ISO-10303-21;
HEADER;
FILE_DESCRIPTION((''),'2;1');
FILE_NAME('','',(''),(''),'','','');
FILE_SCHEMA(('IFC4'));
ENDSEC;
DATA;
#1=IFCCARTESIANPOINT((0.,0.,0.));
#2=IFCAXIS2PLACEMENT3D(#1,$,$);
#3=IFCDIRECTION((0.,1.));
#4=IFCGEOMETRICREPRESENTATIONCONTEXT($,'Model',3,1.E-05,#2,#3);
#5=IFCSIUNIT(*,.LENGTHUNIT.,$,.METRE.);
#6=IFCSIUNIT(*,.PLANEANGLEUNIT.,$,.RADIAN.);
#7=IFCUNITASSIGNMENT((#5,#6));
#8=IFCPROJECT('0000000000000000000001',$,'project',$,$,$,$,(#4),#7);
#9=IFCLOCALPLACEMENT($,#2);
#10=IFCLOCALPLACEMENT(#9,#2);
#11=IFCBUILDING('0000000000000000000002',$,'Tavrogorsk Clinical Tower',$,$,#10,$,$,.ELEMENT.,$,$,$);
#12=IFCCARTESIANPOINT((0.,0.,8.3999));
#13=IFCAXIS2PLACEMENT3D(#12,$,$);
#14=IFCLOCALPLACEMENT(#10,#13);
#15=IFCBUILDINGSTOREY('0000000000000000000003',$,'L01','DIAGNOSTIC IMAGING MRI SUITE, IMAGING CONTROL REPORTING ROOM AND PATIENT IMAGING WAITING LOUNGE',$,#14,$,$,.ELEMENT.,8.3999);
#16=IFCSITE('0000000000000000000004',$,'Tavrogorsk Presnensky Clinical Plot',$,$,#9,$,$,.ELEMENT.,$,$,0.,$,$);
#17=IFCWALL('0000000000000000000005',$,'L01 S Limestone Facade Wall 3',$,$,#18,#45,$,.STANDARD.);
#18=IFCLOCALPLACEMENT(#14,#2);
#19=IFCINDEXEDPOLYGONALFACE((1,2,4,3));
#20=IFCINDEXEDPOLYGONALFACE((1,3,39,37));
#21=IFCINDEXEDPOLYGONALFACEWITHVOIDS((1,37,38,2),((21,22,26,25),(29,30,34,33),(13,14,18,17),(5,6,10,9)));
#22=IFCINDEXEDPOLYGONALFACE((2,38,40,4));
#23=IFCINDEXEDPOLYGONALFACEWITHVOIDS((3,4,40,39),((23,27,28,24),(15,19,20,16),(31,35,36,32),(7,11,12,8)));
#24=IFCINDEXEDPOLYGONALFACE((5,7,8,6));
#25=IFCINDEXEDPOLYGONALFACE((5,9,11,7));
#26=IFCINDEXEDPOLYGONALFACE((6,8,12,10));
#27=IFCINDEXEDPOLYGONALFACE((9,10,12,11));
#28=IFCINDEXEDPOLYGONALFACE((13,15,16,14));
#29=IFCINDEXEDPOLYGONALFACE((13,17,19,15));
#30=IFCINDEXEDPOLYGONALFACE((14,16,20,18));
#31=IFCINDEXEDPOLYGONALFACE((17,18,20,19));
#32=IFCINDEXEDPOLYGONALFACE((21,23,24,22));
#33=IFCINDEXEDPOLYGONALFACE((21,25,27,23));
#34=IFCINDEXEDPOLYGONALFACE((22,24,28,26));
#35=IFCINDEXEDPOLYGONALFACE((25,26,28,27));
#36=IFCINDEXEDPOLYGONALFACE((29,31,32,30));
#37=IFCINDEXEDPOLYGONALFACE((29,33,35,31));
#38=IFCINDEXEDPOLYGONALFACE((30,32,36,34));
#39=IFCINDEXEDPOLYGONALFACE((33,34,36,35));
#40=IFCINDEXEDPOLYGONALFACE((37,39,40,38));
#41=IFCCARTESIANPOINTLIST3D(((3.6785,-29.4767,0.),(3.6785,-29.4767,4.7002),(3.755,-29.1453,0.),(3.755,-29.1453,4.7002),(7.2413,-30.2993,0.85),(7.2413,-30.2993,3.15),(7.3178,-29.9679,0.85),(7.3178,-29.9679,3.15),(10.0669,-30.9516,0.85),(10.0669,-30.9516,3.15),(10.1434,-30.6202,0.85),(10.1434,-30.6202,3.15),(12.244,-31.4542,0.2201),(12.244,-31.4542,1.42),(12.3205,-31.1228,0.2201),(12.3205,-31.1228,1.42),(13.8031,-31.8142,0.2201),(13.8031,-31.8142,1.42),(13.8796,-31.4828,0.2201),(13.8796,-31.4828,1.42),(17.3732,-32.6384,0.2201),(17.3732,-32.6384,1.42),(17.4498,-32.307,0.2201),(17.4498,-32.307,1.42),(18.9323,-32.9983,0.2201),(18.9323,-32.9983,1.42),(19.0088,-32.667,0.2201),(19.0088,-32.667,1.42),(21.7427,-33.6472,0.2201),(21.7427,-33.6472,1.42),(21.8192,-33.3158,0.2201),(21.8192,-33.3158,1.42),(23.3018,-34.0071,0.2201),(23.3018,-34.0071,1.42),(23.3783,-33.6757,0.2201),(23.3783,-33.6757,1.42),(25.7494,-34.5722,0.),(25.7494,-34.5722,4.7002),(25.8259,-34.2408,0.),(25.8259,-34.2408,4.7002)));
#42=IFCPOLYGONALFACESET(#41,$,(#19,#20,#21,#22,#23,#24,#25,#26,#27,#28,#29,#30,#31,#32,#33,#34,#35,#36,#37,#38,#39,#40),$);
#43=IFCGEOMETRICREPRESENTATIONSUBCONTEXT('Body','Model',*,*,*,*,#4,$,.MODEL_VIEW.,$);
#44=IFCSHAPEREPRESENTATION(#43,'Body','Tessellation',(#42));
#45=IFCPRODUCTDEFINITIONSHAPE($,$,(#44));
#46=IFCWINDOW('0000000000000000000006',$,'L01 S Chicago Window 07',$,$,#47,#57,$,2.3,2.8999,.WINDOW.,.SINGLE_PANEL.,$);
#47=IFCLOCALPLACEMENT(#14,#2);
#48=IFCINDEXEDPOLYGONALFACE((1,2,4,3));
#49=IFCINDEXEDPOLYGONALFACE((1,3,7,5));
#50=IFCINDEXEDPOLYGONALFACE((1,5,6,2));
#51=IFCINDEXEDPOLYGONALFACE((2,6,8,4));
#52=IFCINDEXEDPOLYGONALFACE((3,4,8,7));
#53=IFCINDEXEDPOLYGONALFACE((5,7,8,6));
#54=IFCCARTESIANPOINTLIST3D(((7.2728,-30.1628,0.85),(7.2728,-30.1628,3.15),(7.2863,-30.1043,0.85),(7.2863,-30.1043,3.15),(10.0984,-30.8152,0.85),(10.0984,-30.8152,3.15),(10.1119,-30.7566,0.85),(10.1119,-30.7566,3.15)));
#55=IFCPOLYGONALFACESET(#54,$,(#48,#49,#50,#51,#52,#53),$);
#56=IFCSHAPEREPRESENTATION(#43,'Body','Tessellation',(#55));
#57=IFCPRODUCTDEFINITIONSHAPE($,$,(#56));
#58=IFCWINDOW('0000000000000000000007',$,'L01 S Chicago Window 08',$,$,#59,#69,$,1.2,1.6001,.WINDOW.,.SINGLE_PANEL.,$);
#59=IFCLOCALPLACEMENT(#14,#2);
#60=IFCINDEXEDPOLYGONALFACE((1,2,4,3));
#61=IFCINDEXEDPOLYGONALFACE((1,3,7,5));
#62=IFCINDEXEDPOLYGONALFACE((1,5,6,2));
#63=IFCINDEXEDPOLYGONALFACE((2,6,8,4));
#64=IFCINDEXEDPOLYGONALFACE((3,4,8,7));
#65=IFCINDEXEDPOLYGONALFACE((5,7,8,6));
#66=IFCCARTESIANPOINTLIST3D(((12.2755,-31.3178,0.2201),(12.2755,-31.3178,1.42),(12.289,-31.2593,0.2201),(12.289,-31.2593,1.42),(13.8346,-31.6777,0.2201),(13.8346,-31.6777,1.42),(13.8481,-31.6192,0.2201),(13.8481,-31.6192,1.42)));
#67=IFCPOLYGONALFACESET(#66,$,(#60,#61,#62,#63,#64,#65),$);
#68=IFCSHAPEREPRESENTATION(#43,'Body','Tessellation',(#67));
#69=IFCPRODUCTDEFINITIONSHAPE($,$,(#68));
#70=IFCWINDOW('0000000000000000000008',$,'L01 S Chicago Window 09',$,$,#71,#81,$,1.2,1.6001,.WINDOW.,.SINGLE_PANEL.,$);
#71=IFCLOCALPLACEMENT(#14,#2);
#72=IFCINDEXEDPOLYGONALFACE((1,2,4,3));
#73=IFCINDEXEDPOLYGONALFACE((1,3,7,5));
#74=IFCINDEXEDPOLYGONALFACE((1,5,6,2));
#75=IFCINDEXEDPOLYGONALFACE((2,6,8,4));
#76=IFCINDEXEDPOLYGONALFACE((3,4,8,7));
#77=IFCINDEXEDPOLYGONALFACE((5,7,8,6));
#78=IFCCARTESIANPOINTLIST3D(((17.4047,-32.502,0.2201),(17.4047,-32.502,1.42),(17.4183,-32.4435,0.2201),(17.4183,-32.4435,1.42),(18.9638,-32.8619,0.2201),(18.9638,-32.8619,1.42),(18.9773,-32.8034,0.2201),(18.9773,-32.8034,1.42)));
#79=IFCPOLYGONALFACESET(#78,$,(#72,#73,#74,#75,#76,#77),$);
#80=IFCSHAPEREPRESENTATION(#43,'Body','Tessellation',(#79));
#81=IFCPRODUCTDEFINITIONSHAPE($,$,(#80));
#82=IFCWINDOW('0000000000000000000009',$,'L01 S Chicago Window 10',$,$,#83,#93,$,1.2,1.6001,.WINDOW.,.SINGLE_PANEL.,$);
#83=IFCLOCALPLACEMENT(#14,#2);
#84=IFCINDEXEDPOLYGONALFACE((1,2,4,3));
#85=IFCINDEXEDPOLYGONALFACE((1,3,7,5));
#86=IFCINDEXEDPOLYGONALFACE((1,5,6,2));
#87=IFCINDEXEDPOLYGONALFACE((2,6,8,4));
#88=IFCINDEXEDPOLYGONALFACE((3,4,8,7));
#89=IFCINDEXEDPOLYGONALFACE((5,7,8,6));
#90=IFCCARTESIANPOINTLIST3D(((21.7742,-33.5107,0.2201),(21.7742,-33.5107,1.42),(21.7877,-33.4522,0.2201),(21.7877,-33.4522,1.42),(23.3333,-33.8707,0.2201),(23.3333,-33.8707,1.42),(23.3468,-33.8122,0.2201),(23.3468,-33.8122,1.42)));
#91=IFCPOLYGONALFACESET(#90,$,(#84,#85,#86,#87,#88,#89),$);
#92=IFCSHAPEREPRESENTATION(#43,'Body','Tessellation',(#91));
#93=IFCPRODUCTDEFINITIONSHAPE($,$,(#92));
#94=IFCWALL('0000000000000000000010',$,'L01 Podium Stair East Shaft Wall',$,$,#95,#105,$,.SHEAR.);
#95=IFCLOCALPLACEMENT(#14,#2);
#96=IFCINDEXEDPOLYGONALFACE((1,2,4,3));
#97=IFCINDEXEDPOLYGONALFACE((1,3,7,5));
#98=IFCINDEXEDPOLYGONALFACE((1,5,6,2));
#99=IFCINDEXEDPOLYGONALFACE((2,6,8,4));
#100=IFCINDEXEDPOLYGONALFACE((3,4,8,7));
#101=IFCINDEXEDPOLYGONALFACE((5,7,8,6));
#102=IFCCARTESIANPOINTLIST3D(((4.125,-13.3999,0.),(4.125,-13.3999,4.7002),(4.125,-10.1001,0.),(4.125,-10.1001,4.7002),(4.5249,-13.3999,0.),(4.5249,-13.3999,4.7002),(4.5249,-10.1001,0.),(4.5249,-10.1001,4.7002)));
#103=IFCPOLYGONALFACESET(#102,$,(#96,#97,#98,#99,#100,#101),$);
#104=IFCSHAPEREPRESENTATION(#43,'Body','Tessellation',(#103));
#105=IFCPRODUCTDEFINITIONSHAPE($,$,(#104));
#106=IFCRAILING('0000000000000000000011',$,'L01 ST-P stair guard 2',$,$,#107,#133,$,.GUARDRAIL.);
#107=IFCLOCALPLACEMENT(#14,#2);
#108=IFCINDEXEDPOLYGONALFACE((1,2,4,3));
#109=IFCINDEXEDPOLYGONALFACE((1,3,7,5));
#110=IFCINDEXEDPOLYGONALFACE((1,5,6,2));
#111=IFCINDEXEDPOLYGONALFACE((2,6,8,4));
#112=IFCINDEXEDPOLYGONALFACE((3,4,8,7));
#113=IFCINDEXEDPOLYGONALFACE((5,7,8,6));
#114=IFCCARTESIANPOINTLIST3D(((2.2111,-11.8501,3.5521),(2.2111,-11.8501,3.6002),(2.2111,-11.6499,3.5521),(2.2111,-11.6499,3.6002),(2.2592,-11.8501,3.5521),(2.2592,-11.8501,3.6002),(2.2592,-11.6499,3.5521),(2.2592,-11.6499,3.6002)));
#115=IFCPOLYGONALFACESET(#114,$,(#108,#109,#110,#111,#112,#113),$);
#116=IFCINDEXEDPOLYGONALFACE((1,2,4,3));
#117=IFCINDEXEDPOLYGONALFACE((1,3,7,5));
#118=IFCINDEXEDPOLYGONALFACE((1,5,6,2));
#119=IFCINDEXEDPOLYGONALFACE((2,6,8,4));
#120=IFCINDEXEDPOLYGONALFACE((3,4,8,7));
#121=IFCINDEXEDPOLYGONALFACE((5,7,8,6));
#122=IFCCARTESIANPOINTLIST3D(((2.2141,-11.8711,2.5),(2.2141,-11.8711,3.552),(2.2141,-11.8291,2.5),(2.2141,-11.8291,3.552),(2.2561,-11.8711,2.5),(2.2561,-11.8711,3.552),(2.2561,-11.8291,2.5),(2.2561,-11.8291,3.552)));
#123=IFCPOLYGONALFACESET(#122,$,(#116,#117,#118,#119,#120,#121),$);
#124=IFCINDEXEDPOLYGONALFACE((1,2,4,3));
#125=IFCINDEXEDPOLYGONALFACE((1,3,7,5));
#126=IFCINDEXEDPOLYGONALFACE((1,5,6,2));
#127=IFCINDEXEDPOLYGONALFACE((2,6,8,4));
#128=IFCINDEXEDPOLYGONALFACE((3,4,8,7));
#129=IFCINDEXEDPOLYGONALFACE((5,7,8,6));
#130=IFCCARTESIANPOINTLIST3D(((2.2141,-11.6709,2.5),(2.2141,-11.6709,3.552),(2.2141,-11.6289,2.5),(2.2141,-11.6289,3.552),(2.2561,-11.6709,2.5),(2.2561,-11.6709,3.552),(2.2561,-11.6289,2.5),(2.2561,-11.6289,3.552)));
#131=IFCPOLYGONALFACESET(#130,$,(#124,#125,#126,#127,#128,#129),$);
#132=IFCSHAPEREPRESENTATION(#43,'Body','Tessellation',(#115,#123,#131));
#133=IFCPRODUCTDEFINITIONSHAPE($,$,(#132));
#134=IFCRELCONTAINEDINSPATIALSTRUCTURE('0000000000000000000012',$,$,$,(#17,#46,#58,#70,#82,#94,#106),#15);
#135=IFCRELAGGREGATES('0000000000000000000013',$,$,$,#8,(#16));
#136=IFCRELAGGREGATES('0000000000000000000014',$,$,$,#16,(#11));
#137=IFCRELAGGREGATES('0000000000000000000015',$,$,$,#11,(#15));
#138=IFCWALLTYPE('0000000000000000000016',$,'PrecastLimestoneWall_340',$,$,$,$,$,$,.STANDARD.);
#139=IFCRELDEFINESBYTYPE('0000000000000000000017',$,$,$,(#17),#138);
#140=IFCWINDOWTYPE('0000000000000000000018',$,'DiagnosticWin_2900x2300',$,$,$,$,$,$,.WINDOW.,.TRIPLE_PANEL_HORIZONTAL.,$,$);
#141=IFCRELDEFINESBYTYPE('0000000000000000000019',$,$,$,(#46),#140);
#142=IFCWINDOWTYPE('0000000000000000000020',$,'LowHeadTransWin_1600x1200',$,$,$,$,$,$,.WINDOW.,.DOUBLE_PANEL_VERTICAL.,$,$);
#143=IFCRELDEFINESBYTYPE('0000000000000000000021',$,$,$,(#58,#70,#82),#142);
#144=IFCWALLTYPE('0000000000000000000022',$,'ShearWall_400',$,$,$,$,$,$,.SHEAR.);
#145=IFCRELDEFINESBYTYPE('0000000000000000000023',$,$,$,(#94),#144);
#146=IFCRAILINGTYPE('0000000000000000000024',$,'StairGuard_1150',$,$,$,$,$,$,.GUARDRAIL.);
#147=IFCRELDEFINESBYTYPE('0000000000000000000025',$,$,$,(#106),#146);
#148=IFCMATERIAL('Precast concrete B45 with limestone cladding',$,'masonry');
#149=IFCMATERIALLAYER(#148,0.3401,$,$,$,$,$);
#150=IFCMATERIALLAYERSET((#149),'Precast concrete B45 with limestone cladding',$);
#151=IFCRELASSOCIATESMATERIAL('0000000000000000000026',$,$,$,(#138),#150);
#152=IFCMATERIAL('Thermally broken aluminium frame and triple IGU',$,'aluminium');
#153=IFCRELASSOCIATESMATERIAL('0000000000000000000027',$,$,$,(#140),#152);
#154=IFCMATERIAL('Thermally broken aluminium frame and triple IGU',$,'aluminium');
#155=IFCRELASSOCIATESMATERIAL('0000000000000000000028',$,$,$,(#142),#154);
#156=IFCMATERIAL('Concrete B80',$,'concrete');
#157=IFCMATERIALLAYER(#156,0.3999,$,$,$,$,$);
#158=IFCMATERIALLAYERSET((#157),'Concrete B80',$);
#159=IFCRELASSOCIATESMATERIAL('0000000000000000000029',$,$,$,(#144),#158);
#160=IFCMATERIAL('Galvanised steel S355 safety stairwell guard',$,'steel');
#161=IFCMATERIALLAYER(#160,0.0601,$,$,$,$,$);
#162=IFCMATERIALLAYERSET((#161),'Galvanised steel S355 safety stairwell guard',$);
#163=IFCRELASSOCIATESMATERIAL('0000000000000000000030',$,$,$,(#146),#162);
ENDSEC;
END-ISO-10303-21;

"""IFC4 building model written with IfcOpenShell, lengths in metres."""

from ifc_helpers import new_model, si_unit, direction, frame, frame_2d, origin, origin_2d, place, context, subcontext, project, spatial, rectangle, extrude, material, layer, layer_set, type_object, element, fill, save


model = new_model("IFC4")

# Units and contexts
model_context = context("Model", 3, precision=1e-05, world=origin(), true_north=direction((0.0, 1.0)))
body_context = subcontext(model_context, "Body", "Model", "MODEL_VIEW")
ifc_project = project(units=[si_unit("LENGTHUNIT", "METRE"), si_unit("PLANEANGLEUNIT", "RADIAN")], contexts=[model_context])

# Site, building, storey
site_placement = place(None, origin())
site = spatial("IfcSite", under=ifc_project, at=site_placement, Name="Tavrogorsk Presnensky Clinical Plot", CompositionType="ELEMENT", RefElevation=0.0)
building_placement = place(site_placement, origin())
building = spatial("IfcBuilding", under=site, at=building_placement, Name="Tavrogorsk Clinical Tower", CompositionType="ELEMENT")
storey_placement = place(building_placement, frame((0.0, 0.0, 8.3999)))
storey = spatial("IfcBuildingStorey", under=building, at=storey_placement, Name="L01", Description="DIAGNOSTIC IMAGING MRI SUITE, IMAGING CONTROL REPORTING ROOM AND PATIENT IMAGING WAITING LOUNGE", CompositionType="ELEMENT", Elevation=8.3999)

# Wall, openings, windows
ifc_material_1 = material(Name="Precast concrete B45 with limestone cladding", Category="masonry")
ifc_layer_1 = layer(ifc_material_1, 0.3401)
ifc_layer_set_1 = layer_set([ifc_layer_1], Name="Precast concrete B45 with limestone cladding")
wall_type_1 = type_object("IfcWallType", Name="PrecastLimestoneWall_340", PredefinedType="STANDARD", material=ifc_layer_set_1)
wall_1_placement = place(storey_placement, frame((3.7168, -29.311, 0.0), z_axis=(0.0, 0.0, 1.0), x_axis=(0.97437, -0.224952, 0.0)))
wall_1 = element("IfcWall", 1, at=wall_1_placement, inside=storey, type_object=wall_type_1, Name="L01 S Limestone Facade Wall 3", PredefinedType="STANDARD", context=body_context, shape_type="SweptSolid", body=[
    extrude(rectangle(XDim=22.6514, YDim=0.3401, at=frame_2d((11.3257, 0.0))), origin(), (0.0, 0.0, 1.0), 4.7002),
])
opening_1_placement = place(wall_1_placement, frame((3.6565, 0.0, 0.8501)))
opening_1 = element("IfcOpeningElement", 2, at=opening_1_placement, cuts=wall_1, PredefinedType="OPENING", context=body_context, shape_type="SweptSolid", body=[
    extrude(rectangle(XDim=2.8999, YDim=2.3, at=frame_2d((1.45, 1.1499))), frame((0.0, 0.1799, 0.0), z_axis=(0.0, -1.0, 0.0), x_axis=(1.0, 0.0, 0.0)), (0.0, 0.0, 1.0), 0.3601),
])
opening_2_placement = place(wall_1_placement, frame((8.7908, 0.0, 0.22)))
opening_2 = element("IfcOpeningElement", 3, at=opening_2_placement, cuts=wall_1, PredefinedType="OPENING", context=body_context, shape_type="SweptSolid", body=[
    extrude(rectangle(XDim=1.6001, YDim=1.2, at=frame_2d((0.8, 0.6001))), frame((0.0, 0.1799, 0.0), z_axis=(0.0, -1.0, 0.0), x_axis=(1.0, 0.0, 0.0)), (0.0, 0.0, 1.0), 0.3601),
])
opening_3_placement = place(wall_1_placement, frame((14.0549, 0.0, 0.22)))
opening_3 = element("IfcOpeningElement", 4, at=opening_3_placement, cuts=wall_1, PredefinedType="OPENING", context=body_context, shape_type="SweptSolid", body=[
    extrude(rectangle(XDim=1.6001, YDim=1.2, at=frame_2d((0.8, 0.6001))), frame((0.0, 0.1799, 0.0), z_axis=(0.0, -1.0, 0.0), x_axis=(1.0, 0.0, 0.0)), (0.0, 0.0, 1.0), 0.3601),
])
opening_4_placement = place(wall_1_placement, frame((18.5393, 0.0, 0.22)))
opening_4 = element("IfcOpeningElement", 5, at=opening_4_placement, cuts=wall_1, PredefinedType="OPENING", context=body_context, shape_type="SweptSolid", body=[
    extrude(rectangle(XDim=1.6001, YDim=1.2, at=frame_2d((0.8, 0.6001))), frame((0.0, 0.1799, 0.0), z_axis=(0.0, -1.0, 0.0), x_axis=(1.0, 0.0, 0.0)), (0.0, 0.0, 1.0), 0.3601),
])
ifc_material_2 = material(Name="Thermally broken aluminium frame and triple IGU", Category="aluminium")
window_type_1 = type_object("IfcWindowType", Name="DiagnosticWin_2900x2300", PartitioningType="TRIPLE_PANEL_HORIZONTAL", PredefinedType="WINDOW", material=ifc_material_2)
window_1_placement = place(opening_1_placement, origin())
window_1 = element("IfcWindow", 6, at=window_1_placement, inside=storey, type_object=window_type_1, Name="L01 S Chicago Window 07", OverallHeight=2.3, OverallWidth=2.8999, PartitioningType="SINGLE_PANEL", PredefinedType="WINDOW", context=body_context, shape_type="SweptSolid", body=[
    extrude(rectangle(XDim=2.8999, YDim=2.3, at=frame_2d((1.45, 1.1499))), frame((0.0, 0.03, 0.0), z_axis=(0.0, -1.0, 0.0), x_axis=(1.0, 0.0, 0.0)), (0.0, 0.0, 1.0), 0.0601),
])
fill(opening_1, window_1)
ifc_material_3 = material(Name="Thermally broken aluminium frame and triple IGU", Category="aluminium")
window_type_2 = type_object("IfcWindowType", Name="LowHeadTransWin_1600x1200", PartitioningType="DOUBLE_PANEL_VERTICAL", PredefinedType="WINDOW", material=ifc_material_3)
window_2_placement = place(opening_2_placement, origin())
window_2 = element("IfcWindow", 7, at=window_2_placement, inside=storey, type_object=window_type_2, Name="L01 S Chicago Window 08", OverallHeight=1.2, OverallWidth=1.6001, PartitioningType="SINGLE_PANEL", PredefinedType="WINDOW", context=body_context, shape_type="SweptSolid", body=[
    extrude(rectangle(XDim=1.6001, YDim=1.2, at=frame_2d((0.8, 0.6001))), frame((0.0, 0.03, 0.0), z_axis=(0.0, -1.0, 0.0), x_axis=(1.0, 0.0, 0.0)), (0.0, 0.0, 1.0), 0.0601),
])
fill(opening_2, window_2)
window_3_placement = place(opening_3_placement, origin())
window_3 = element("IfcWindow", 8, at=window_3_placement, inside=storey, type_object=window_type_2, Name="L01 S Chicago Window 09", OverallHeight=1.2, OverallWidth=1.6001, PartitioningType="SINGLE_PANEL", PredefinedType="WINDOW", context=body_context, shape_type="SweptSolid", body=[
    extrude(rectangle(XDim=1.6001, YDim=1.2, at=frame_2d((0.8, 0.6001))), frame((0.0, 0.03, 0.0), z_axis=(0.0, -1.0, 0.0), x_axis=(1.0, 0.0, 0.0)), (0.0, 0.0, 1.0), 0.0601),
])
fill(opening_3, window_3)
window_4_placement = place(opening_4_placement, origin())
window_4 = element("IfcWindow", 9, at=window_4_placement, inside=storey, type_object=window_type_2, Name="L01 S Chicago Window 10", OverallHeight=1.2, OverallWidth=1.6001, PartitioningType="SINGLE_PANEL", PredefinedType="WINDOW", context=body_context, shape_type="SweptSolid", body=[
    extrude(rectangle(XDim=1.6001, YDim=1.2, at=frame_2d((0.8, 0.6001))), frame((0.0, 0.03, 0.0), z_axis=(0.0, -1.0, 0.0), x_axis=(1.0, 0.0, 0.0)), (0.0, 0.0, 1.0), 0.0601),
])
fill(opening_4, window_4)

# Wall
ifc_material_4 = material(Name="Concrete B80", Category="concrete")
ifc_layer_2 = layer(ifc_material_4, 0.3999)
ifc_layer_set_2 = layer_set([ifc_layer_2], Name="Concrete B80")
wall_type_2 = type_object("IfcWallType", Name="ShearWall_400", PredefinedType="SHEAR", material=ifc_layer_set_2)
wall_2_placement = place(storey_placement, frame((4.325, -13.3999, 0.0), z_axis=(0.0, 0.0, 1.0), x_axis=(0.0, 1.0, 0.0)))
element("IfcWall", 10, at=wall_2_placement, inside=storey, type_object=wall_type_2, Name="L01 Podium Stair East Shaft Wall", PredefinedType="SHEAR", context=body_context, shape_type="SweptSolid", body=[
    extrude(rectangle(XDim=3.2998, YDim=0.3999, at=frame_2d((1.6499, 0.0))), origin(), (0.0, 0.0, 1.0), 4.7002),
])

# Railing
ifc_material_5 = material(Name="Galvanised steel S355 safety stairwell guard", Category="steel")
ifc_layer_3 = layer(ifc_material_5, 0.0601)
ifc_layer_set_3 = layer_set([ifc_layer_3], Name="Galvanised steel S355 safety stairwell guard")
railing_type_1 = type_object("IfcRailingType", Name="StairGuard_1150", PredefinedType="GUARDRAIL", material=ifc_layer_set_3)
railing_1_placement = place(storey_placement, frame((2.2351, -11.8501, 2.5)))
element("IfcRailing", 11, at=railing_1_placement, inside=storey, type_object=railing_type_1, Name="L01 ST-P stair guard 2", PredefinedType="GUARDRAIL", context=body_context, shape_type="SweptSolid", body=[
    extrude(rectangle(XDim=0.0481, YDim=0.0481, at=origin_2d()), frame((0.0, 0.0, 1.0762), z_axis=(0.0, 1.0, 0.0), x_axis=(-1.0, 0.0, 0.0)), (0.0, 0.0, 1.0), 0.2002),
    extrude(rectangle(XDim=0.042, YDim=0.042, at=origin_2d()), origin(), (0.0, 0.0, 1.0), 1.052),
    extrude(rectangle(XDim=0.042, YDim=0.042, at=origin_2d()), frame((0.0, 0.2002, 0.0)), (0.0, 0.0, 1.0), 1.052),
])

save(model, "model.ifc")
